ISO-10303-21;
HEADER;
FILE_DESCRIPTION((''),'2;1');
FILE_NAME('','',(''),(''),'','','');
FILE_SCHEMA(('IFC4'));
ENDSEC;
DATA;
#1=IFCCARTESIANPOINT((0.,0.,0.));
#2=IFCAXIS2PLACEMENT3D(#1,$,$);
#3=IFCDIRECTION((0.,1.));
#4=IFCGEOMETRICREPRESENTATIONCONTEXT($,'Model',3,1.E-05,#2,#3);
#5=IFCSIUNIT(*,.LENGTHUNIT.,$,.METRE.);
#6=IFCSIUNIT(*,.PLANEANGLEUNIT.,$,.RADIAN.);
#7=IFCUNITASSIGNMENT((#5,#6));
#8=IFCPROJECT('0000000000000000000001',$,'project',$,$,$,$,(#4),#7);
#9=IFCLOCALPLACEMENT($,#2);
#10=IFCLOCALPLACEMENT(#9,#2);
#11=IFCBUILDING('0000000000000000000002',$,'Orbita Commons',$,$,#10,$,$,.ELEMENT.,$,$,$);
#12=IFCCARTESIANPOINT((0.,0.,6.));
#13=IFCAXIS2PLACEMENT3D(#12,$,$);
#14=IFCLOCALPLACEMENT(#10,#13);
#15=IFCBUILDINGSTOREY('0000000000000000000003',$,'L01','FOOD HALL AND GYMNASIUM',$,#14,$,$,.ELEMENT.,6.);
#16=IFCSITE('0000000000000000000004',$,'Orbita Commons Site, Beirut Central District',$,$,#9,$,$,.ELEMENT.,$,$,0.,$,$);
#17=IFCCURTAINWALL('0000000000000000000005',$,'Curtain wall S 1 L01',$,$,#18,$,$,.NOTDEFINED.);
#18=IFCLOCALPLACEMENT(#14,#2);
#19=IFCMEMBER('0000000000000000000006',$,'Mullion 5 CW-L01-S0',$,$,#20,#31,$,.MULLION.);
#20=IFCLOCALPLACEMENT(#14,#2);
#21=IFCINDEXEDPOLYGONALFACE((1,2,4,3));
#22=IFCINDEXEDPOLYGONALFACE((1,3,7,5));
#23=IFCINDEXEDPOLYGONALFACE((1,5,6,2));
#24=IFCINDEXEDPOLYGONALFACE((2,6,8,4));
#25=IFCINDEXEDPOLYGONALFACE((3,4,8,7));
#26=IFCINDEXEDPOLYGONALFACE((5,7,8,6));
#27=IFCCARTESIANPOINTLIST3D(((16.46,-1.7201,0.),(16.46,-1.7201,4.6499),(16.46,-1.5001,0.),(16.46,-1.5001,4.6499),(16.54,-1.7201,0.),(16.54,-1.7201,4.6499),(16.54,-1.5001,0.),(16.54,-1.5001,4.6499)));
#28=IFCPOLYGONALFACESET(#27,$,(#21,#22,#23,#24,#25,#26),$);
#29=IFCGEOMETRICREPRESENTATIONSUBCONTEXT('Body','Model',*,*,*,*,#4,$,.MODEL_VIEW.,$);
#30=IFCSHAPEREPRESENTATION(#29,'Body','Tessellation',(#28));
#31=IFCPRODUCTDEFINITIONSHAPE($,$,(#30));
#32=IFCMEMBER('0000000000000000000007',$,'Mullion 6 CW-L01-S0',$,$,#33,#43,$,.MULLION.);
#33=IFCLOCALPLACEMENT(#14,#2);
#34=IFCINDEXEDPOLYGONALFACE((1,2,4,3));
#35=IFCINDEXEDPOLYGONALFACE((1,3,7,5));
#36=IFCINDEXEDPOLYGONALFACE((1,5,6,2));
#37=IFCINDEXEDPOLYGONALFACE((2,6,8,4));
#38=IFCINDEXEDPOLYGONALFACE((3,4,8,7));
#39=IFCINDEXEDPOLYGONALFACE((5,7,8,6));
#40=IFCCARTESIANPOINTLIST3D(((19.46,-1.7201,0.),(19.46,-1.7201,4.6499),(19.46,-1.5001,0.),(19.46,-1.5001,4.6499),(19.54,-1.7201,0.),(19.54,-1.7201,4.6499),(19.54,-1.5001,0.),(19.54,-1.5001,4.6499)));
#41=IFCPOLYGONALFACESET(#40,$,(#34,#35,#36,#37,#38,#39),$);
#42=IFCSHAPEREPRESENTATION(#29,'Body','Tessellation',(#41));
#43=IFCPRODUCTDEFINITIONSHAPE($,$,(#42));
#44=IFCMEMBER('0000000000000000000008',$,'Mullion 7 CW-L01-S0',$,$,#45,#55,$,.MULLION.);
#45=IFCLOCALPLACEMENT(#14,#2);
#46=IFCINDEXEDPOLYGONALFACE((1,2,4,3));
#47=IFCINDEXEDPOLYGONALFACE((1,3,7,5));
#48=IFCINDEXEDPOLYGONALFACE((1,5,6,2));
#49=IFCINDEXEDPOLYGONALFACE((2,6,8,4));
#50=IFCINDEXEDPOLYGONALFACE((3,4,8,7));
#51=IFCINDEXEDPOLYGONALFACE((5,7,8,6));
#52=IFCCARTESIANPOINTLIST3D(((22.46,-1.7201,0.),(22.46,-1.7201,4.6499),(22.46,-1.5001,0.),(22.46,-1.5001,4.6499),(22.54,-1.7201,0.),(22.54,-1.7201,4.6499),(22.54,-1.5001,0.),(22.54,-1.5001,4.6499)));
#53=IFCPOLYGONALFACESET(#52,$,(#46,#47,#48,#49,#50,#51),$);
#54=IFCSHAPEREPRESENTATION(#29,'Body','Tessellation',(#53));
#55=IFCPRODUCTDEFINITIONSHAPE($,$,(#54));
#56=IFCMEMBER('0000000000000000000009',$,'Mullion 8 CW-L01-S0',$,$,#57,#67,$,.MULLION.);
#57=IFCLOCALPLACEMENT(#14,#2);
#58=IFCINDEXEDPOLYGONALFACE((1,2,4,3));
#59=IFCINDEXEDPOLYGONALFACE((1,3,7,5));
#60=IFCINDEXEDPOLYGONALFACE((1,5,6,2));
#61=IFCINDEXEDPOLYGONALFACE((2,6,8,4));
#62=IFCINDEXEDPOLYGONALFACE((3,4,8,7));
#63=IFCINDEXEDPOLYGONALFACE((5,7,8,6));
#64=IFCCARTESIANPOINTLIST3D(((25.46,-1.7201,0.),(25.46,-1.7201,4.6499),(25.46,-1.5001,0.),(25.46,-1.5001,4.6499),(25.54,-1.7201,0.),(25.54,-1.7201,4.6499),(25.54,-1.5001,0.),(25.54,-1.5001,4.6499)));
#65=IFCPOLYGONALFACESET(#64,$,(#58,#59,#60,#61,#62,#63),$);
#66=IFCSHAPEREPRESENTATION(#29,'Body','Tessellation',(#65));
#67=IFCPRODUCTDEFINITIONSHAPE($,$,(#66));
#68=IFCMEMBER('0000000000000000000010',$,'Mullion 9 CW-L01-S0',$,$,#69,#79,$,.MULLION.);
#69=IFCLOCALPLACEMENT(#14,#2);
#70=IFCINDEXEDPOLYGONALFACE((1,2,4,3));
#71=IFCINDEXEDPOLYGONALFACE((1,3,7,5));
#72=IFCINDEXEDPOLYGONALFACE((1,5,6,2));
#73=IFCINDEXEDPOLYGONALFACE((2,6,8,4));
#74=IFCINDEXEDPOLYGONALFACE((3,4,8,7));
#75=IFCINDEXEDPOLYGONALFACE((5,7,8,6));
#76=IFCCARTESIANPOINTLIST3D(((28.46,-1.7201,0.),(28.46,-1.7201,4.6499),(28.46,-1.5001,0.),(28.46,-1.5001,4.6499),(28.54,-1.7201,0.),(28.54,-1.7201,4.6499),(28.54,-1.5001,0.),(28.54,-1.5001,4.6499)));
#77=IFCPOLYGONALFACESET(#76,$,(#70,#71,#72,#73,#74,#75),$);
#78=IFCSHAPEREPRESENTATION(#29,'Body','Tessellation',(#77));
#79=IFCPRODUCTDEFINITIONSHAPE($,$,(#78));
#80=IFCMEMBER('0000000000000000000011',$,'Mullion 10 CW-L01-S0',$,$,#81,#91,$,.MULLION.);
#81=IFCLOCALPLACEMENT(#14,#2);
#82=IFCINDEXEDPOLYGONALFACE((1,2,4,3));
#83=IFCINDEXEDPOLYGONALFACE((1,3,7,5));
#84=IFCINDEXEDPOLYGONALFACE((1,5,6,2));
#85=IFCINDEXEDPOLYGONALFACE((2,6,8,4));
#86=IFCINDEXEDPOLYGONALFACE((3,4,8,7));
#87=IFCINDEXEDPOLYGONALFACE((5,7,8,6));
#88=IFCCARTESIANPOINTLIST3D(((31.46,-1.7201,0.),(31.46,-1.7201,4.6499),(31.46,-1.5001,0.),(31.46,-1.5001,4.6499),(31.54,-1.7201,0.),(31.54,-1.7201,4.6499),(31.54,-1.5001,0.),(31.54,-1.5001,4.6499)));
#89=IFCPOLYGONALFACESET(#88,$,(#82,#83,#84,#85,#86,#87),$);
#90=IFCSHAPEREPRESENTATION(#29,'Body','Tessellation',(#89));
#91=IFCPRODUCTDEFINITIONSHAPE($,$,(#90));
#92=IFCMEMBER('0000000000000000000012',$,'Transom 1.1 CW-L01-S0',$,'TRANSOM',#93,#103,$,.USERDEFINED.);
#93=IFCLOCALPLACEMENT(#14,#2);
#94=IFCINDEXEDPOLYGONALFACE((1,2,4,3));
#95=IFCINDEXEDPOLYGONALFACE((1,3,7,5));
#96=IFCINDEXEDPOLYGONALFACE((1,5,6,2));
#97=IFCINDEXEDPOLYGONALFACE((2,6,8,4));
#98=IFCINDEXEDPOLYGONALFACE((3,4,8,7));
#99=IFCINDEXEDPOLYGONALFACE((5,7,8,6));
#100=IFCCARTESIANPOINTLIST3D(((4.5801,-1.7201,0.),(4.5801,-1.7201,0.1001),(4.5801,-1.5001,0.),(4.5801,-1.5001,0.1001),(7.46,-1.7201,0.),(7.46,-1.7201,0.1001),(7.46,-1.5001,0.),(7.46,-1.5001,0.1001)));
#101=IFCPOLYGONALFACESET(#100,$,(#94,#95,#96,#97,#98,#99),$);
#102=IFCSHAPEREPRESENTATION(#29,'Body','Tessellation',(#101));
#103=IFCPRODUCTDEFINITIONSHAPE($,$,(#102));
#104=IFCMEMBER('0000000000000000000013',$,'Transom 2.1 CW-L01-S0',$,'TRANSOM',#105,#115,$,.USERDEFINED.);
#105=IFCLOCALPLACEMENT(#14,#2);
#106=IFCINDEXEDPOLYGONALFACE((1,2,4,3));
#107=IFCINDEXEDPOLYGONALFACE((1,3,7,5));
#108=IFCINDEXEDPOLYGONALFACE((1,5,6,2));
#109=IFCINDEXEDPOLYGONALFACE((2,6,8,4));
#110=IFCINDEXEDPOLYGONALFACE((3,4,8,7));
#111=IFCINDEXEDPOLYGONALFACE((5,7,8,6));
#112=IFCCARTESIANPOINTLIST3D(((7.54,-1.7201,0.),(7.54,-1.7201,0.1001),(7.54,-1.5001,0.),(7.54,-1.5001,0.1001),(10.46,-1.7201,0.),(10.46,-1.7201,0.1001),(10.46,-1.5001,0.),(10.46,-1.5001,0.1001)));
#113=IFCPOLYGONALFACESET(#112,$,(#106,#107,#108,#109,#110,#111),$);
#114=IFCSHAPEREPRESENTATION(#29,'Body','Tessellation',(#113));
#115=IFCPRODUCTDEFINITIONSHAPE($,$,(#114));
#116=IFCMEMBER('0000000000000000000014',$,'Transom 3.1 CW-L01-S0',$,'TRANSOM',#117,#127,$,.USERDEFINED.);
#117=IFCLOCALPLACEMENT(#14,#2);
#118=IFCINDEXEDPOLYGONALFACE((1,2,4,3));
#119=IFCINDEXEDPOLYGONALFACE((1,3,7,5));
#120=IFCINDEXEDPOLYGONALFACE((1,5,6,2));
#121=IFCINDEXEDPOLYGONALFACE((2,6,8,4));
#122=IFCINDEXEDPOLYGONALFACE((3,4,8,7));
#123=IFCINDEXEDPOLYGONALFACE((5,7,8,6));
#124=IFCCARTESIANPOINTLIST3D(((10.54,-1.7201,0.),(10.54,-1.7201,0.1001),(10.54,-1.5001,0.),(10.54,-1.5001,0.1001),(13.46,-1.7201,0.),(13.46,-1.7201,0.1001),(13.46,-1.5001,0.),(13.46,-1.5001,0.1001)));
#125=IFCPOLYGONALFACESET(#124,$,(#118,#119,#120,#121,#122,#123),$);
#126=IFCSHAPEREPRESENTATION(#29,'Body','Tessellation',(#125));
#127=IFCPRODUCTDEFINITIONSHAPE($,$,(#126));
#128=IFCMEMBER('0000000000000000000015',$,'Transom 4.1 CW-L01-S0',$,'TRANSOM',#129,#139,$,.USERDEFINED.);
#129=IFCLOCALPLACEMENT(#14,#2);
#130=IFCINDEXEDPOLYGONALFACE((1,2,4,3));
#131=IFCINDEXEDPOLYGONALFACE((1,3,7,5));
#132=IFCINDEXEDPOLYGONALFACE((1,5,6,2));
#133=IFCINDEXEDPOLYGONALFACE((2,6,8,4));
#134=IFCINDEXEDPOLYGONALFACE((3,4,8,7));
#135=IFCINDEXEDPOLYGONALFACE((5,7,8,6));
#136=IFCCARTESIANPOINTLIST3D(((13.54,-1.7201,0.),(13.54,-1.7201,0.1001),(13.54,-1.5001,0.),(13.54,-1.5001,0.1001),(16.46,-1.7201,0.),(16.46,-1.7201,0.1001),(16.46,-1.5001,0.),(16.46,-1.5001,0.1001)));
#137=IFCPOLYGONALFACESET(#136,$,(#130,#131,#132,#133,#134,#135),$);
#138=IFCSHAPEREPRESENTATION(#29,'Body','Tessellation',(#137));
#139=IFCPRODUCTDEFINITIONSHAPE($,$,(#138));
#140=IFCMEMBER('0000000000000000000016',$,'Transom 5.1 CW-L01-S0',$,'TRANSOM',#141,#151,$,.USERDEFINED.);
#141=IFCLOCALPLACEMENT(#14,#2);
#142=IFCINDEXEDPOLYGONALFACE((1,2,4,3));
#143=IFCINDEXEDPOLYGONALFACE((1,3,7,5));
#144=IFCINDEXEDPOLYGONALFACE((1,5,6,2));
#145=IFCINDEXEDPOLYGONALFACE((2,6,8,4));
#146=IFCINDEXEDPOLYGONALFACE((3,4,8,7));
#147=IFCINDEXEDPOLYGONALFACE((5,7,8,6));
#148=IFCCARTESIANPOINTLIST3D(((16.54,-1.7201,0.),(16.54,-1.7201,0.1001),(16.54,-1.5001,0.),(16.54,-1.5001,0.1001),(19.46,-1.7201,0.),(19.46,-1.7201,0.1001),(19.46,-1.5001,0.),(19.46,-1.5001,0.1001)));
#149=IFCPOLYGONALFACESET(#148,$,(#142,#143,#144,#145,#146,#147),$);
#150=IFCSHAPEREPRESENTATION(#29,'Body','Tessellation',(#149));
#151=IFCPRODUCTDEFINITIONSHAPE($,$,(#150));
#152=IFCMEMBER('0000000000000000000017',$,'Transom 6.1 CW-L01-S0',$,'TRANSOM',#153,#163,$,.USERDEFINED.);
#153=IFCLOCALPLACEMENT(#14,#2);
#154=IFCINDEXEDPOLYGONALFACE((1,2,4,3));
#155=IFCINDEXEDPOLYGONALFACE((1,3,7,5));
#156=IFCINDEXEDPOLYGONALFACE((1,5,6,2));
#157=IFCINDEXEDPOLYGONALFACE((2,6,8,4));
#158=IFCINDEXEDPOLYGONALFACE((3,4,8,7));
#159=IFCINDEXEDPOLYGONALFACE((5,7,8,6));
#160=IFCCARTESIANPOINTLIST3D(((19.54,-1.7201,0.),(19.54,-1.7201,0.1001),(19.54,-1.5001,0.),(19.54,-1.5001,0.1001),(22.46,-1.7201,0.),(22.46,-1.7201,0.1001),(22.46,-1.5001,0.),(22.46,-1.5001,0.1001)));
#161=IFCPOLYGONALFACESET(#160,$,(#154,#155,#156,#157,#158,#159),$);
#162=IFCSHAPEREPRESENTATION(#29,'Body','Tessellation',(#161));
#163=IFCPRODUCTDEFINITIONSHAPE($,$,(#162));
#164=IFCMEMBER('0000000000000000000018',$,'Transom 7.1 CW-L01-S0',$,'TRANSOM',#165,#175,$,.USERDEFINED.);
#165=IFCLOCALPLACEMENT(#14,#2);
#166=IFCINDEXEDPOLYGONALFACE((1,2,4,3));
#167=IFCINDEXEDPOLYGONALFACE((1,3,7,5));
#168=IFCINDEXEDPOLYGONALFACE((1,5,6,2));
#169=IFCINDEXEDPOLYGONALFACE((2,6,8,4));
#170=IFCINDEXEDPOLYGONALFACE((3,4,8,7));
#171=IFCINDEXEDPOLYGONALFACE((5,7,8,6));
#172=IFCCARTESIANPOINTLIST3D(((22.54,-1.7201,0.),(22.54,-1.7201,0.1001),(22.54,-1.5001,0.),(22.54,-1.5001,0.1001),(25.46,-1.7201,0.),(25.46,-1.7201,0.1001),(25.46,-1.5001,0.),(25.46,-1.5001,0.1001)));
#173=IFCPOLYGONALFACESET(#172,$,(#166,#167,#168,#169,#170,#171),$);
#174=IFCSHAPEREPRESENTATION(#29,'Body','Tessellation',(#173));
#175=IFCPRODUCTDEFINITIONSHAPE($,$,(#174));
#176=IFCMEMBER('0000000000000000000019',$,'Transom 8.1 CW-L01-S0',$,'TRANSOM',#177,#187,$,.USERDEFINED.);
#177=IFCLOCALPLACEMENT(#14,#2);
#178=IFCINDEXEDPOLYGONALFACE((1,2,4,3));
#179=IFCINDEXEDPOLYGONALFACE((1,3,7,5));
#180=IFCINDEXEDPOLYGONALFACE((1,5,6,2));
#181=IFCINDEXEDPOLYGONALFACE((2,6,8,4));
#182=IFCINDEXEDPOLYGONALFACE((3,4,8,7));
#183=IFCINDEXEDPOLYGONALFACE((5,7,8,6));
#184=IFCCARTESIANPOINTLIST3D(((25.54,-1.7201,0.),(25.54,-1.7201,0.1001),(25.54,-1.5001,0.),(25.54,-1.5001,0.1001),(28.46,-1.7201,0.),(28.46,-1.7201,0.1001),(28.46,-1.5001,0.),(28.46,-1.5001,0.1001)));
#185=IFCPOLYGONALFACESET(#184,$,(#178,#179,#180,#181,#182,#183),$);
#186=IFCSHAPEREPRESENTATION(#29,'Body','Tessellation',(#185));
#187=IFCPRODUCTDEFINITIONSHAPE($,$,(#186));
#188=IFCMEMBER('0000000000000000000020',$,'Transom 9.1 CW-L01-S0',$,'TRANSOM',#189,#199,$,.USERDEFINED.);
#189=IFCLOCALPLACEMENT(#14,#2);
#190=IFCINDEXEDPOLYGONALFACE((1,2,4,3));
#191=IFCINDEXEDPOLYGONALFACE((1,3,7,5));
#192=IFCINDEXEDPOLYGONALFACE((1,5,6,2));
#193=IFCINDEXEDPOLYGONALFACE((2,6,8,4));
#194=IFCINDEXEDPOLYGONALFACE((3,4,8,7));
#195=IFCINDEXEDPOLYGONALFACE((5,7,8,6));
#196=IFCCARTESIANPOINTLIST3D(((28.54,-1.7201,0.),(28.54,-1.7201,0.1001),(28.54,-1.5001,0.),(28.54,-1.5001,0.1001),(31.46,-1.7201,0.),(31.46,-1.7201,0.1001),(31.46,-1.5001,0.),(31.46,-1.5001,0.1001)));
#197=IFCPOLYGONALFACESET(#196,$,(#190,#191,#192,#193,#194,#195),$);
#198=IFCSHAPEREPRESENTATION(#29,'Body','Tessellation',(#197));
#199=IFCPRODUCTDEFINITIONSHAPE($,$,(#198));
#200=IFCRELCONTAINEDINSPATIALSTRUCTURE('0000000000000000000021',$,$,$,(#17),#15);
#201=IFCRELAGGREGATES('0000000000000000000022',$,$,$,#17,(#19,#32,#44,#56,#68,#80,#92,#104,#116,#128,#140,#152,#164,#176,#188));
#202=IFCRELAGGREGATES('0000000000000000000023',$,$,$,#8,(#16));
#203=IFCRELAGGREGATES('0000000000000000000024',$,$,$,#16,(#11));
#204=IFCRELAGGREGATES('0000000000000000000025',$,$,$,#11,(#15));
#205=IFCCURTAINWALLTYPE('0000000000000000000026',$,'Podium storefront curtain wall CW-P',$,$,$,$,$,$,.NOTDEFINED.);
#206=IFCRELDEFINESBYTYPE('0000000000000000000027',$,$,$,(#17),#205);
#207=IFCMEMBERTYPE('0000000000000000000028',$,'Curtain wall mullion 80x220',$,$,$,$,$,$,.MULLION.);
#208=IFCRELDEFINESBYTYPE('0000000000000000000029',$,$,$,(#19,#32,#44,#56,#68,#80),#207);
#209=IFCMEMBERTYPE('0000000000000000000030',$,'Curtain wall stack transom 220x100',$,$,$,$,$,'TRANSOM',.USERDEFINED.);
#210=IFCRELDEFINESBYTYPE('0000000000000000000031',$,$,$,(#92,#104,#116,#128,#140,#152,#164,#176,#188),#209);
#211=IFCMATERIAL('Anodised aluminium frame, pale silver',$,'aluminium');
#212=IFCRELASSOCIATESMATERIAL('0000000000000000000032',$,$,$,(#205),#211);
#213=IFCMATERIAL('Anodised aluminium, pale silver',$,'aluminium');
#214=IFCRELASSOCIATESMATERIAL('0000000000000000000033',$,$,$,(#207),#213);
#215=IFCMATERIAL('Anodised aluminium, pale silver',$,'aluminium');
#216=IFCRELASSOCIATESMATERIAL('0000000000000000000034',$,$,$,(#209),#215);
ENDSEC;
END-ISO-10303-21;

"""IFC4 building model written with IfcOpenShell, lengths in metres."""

from ifc_helpers import new_model, si_unit, direction, frame, origin, origin_2d, place, context, subcontext, project, spatial, rectangle, extrude, material, material_profile, profile_set, type_object, element, aggregate, save


model = new_model("IFC4")

# Units and contexts
model_context = context("Model", 3, precision=1e-05, world=origin(), true_north=direction((0.0, 1.0)))
body_context = subcontext(model_context, "Body", "Model", "MODEL_VIEW")
ifc_project = project(units=[si_unit("LENGTHUNIT", "METRE"), si_unit("PLANEANGLEUNIT", "RADIAN")], contexts=[model_context])

# Site, building, storey
site_placement = place(None, origin())
site = spatial("IfcSite", under=ifc_project, at=site_placement, Name="Orbita Commons Site, Beirut Central District", CompositionType="ELEMENT", RefElevation=0.0)
building_placement = place(site_placement, origin())
building = spatial("IfcBuilding", under=site, at=building_placement, Name="Orbita Commons", CompositionType="ELEMENT")
storey_placement = place(building_placement, frame((0.0, 0.0, 6.0)))
storey = spatial("IfcBuildingStorey", under=building, at=storey_placement, Name="L01", Description="FOOD HALL AND GYMNASIUM", CompositionType="ELEMENT", Elevation=6.0)

# Curtain wall, members
ifc_material_1 = material(Name="Anodised aluminium frame, pale silver", Category="aluminium")
curtain_wall_type = type_object("IfcCurtainWallType", Name="Podium storefront curtain wall CW-P", PredefinedType="NOTDEFINED", material=ifc_material_1)
curtain_wall_placement = place(storey_placement, origin())
curtain_wall = element("IfcCurtainWall", 1, at=curtain_wall_placement, inside=storey, type_object=curtain_wall_type, Name="Curtain wall S 1 L01", PredefinedType="NOTDEFINED")
ifc_material_2 = material(Name="Anodised aluminium, pale silver", Category="aluminium")
ifc_material_profile_1 = material_profile(ifc_material_2, rectangle(XDim=0.0801, YDim=0.22, at=origin_2d()), Name="AL 80x220")
ifc_profile_set_1 = profile_set([ifc_material_profile_1], Name="Anodised aluminium, pale silver")
member_type_1 = type_object("IfcMemberType", Name="Curtain wall mullion 80x220", PredefinedType="MULLION", material=ifc_profile_set_1)
member_1_placement = place(storey_placement, frame((16.5, -1.6101, 0.0), z_axis=(0.0, 0.0, 1.0), x_axis=(1.0, 0.0, 0.0)))
member_1 = element("IfcMember", 2, at=member_1_placement, type_object=member_type_1, Name="Mullion 5 CW-L01-S0", PredefinedType="MULLION", context=body_context, shape_type="SweptSolid", body=[
    extrude(rectangle(XDim=0.0801, YDim=0.22, at=origin_2d()), origin(), (0.0, 0.0, 1.0), 4.6499),
])
member_2_placement = place(storey_placement, frame((19.5, -1.6101, 0.0), z_axis=(0.0, 0.0, 1.0), x_axis=(1.0, 0.0, 0.0)))
member_2 = element("IfcMember", 3, at=member_2_placement, type_object=member_type_1, Name="Mullion 6 CW-L01-S0", PredefinedType="MULLION", context=body_context, shape_type="SweptSolid", body=[
    extrude(rectangle(XDim=0.0801, YDim=0.22, at=origin_2d()), origin(), (0.0, 0.0, 1.0), 4.6499),
])
member_3_placement = place(storey_placement, frame((22.5, -1.6101, 0.0), z_axis=(0.0, 0.0, 1.0), x_axis=(1.0, 0.0, 0.0)))
member_3 = element("IfcMember", 4, at=member_3_placement, type_object=member_type_1, Name="Mullion 7 CW-L01-S0", PredefinedType="MULLION", context=body_context, shape_type="SweptSolid", body=[
    extrude(rectangle(XDim=0.0801, YDim=0.22, at=origin_2d()), origin(), (0.0, 0.0, 1.0), 4.6499),
])
member_4_placement = place(storey_placement, frame((25.5, -1.6101, 0.0), z_axis=(0.0, 0.0, 1.0), x_axis=(1.0, 0.0, 0.0)))
member_4 = element("IfcMember", 5, at=member_4_placement, type_object=member_type_1, Name="Mullion 8 CW-L01-S0", PredefinedType="MULLION", context=body_context, shape_type="SweptSolid", body=[
    extrude(rectangle(XDim=0.0801, YDim=0.22, at=origin_2d()), origin(), (0.0, 0.0, 1.0), 4.6499),
])
member_5_placement = place(storey_placement, frame((28.5, -1.6101, 0.0), z_axis=(0.0, 0.0, 1.0), x_axis=(1.0, 0.0, 0.0)))
member_5 = element("IfcMember", 6, at=member_5_placement, type_object=member_type_1, Name="Mullion 9 CW-L01-S0", PredefinedType="MULLION", context=body_context, shape_type="SweptSolid", body=[
    extrude(rectangle(XDim=0.0801, YDim=0.22, at=origin_2d()), origin(), (0.0, 0.0, 1.0), 4.6499),
])
member_6_placement = place(storey_placement, frame((31.5, -1.6101, 0.0), z_axis=(0.0, 0.0, 1.0), x_axis=(1.0, 0.0, 0.0)))
member_6 = element("IfcMember", 7, at=member_6_placement, type_object=member_type_1, Name="Mullion 10 CW-L01-S0", PredefinedType="MULLION", context=body_context, shape_type="SweptSolid", body=[
    extrude(rectangle(XDim=0.0801, YDim=0.22, at=origin_2d()), origin(), (0.0, 0.0, 1.0), 4.6499),
])
ifc_material_3 = material(Name="Anodised aluminium, pale silver", Category="aluminium")
ifc_material_profile_2 = material_profile(ifc_material_3, rectangle(XDim=0.22, YDim=0.1001, at=origin_2d()), Name="AL 220x100")
ifc_profile_set_2 = profile_set([ifc_material_profile_2], Name="Anodised aluminium, pale silver")
member_type_2 = type_object("IfcMemberType", Name="Curtain wall stack transom 220x100", ElementType="TRANSOM", PredefinedType="USERDEFINED", material=ifc_profile_set_2)
member_7_placement = place(storey_placement, frame((4.5801, -1.6101, 0.05), z_axis=(1.0, 0.0, 0.0), x_axis=(0.0, 1.0, 0.0)))
member_7 = element("IfcMember", 8, at=member_7_placement, type_object=member_type_2, Name="Transom 1.1 CW-L01-S0", ObjectType="TRANSOM", PredefinedType="USERDEFINED", context=body_context, shape_type="SweptSolid", body=[
    extrude(rectangle(XDim=0.22, YDim=0.1001, at=origin_2d()), origin(), (0.0, 0.0, 1.0), 2.8799),
])
member_8_placement = place(storey_placement, frame((7.54, -1.6101, 0.05), z_axis=(1.0, 0.0, 0.0), x_axis=(0.0, 1.0, 0.0)))
member_8 = element("IfcMember", 9, at=member_8_placement, type_object=member_type_2, Name="Transom 2.1 CW-L01-S0", ObjectType="TRANSOM", PredefinedType="USERDEFINED", context=body_context, shape_type="SweptSolid", body=[
    extrude(rectangle(XDim=0.22, YDim=0.1001, at=origin_2d()), origin(), (0.0, 0.0, 1.0), 2.9199),
])
member_9_placement = place(storey_placement, frame((10.54, -1.6101, 0.05), z_axis=(1.0, 0.0, 0.0), x_axis=(0.0, 1.0, 0.0)))
member_9 = element("IfcMember", 10, at=member_9_placement, type_object=member_type_2, Name="Transom 3.1 CW-L01-S0", ObjectType="TRANSOM", PredefinedType="USERDEFINED", context=body_context, shape_type="SweptSolid", body=[
    extrude(rectangle(XDim=0.22, YDim=0.1001, at=origin_2d()), origin(), (0.0, 0.0, 1.0), 2.9199),
])
member_10_placement = place(storey_placement, frame((13.54, -1.6101, 0.05), z_axis=(1.0, 0.0, 0.0), x_axis=(0.0, 1.0, 0.0)))
member_10 = element("IfcMember", 11, at=member_10_placement, type_object=member_type_2, Name="Transom 4.1 CW-L01-S0", ObjectType="TRANSOM", PredefinedType="USERDEFINED", context=body_context, shape_type="SweptSolid", body=[
    extrude(rectangle(XDim=0.22, YDim=0.1001, at=origin_2d()), origin(), (0.0, 0.0, 1.0), 2.9199),
])
member_11_placement = place(storey_placement, frame((16.54, -1.6101, 0.05), z_axis=(1.0, 0.0, 0.0), x_axis=(0.0, 1.0, 0.0)))
member_11 = element("IfcMember", 12, at=member_11_placement, type_object=member_type_2, Name="Transom 5.1 CW-L01-S0", ObjectType="TRANSOM", PredefinedType="USERDEFINED", context=body_context, shape_type="SweptSolid", body=[
    extrude(rectangle(XDim=0.22, YDim=0.1001, at=origin_2d()), origin(), (0.0, 0.0, 1.0), 2.9199),
])
member_12_placement = place(storey_placement, frame((19.54, -1.6101, 0.05), z_axis=(1.0, 0.0, 0.0), x_axis=(0.0, 1.0, 0.0)))
member_12 = element("IfcMember", 13, at=member_12_placement, type_object=member_type_2, Name="Transom 6.1 CW-L01-S0", ObjectType="TRANSOM", PredefinedType="USERDEFINED", context=body_context, shape_type="SweptSolid", body=[
    extrude(rectangle(XDim=0.22, YDim=0.1001, at=origin_2d()), origin(), (0.0, 0.0, 1.0), 2.9199),
])
member_13_placement = place(storey_placement, frame((22.54, -1.6101, 0.05), z_axis=(1.0, 0.0, 0.0), x_axis=(0.0, 1.0, 0.0)))
member_13 = element("IfcMember", 14, at=member_13_placement, type_object=member_type_2, Name="Transom 7.1 CW-L01-S0", ObjectType="TRANSOM", PredefinedType="USERDEFINED", context=body_context, shape_type="SweptSolid", body=[
    extrude(rectangle(XDim=0.22, YDim=0.1001, at=origin_2d()), origin(), (0.0, 0.0, 1.0), 2.9199),
])
member_14_placement = place(storey_placement, frame((25.54, -1.6101, 0.05), z_axis=(1.0, 0.0, 0.0), x_axis=(0.0, 1.0, 0.0)))
member_14 = element("IfcMember", 15, at=member_14_placement, type_object=member_type_2, Name="Transom 8.1 CW-L01-S0", ObjectType="TRANSOM", PredefinedType="USERDEFINED", context=body_context, shape_type="SweptSolid", body=[
    extrude(rectangle(XDim=0.22, YDim=0.1001, at=origin_2d()), origin(), (0.0, 0.0, 1.0), 2.9199),
])
member_15_placement = place(storey_placement, frame((28.54, -1.6101, 0.05), z_axis=(1.0, 0.0, 0.0), x_axis=(0.0, 1.0, 0.0)))
member_15 = element("IfcMember", 16, at=member_15_placement, type_object=member_type_2, Name="Transom 9.1 CW-L01-S0", ObjectType="TRANSOM", PredefinedType="USERDEFINED", context=body_context, shape_type="SweptSolid", body=[
    extrude(rectangle(XDim=0.22, YDim=0.1001, at=origin_2d()), origin(), (0.0, 0.0, 1.0), 2.9199),
])
aggregate(curtain_wall, [member_1, member_2, member_3, member_4, member_5, member_6, member_7, member_8, member_9, member_10, member_11, member_12, member_13, member_14, member_15])

save(model, "model.ifc")
